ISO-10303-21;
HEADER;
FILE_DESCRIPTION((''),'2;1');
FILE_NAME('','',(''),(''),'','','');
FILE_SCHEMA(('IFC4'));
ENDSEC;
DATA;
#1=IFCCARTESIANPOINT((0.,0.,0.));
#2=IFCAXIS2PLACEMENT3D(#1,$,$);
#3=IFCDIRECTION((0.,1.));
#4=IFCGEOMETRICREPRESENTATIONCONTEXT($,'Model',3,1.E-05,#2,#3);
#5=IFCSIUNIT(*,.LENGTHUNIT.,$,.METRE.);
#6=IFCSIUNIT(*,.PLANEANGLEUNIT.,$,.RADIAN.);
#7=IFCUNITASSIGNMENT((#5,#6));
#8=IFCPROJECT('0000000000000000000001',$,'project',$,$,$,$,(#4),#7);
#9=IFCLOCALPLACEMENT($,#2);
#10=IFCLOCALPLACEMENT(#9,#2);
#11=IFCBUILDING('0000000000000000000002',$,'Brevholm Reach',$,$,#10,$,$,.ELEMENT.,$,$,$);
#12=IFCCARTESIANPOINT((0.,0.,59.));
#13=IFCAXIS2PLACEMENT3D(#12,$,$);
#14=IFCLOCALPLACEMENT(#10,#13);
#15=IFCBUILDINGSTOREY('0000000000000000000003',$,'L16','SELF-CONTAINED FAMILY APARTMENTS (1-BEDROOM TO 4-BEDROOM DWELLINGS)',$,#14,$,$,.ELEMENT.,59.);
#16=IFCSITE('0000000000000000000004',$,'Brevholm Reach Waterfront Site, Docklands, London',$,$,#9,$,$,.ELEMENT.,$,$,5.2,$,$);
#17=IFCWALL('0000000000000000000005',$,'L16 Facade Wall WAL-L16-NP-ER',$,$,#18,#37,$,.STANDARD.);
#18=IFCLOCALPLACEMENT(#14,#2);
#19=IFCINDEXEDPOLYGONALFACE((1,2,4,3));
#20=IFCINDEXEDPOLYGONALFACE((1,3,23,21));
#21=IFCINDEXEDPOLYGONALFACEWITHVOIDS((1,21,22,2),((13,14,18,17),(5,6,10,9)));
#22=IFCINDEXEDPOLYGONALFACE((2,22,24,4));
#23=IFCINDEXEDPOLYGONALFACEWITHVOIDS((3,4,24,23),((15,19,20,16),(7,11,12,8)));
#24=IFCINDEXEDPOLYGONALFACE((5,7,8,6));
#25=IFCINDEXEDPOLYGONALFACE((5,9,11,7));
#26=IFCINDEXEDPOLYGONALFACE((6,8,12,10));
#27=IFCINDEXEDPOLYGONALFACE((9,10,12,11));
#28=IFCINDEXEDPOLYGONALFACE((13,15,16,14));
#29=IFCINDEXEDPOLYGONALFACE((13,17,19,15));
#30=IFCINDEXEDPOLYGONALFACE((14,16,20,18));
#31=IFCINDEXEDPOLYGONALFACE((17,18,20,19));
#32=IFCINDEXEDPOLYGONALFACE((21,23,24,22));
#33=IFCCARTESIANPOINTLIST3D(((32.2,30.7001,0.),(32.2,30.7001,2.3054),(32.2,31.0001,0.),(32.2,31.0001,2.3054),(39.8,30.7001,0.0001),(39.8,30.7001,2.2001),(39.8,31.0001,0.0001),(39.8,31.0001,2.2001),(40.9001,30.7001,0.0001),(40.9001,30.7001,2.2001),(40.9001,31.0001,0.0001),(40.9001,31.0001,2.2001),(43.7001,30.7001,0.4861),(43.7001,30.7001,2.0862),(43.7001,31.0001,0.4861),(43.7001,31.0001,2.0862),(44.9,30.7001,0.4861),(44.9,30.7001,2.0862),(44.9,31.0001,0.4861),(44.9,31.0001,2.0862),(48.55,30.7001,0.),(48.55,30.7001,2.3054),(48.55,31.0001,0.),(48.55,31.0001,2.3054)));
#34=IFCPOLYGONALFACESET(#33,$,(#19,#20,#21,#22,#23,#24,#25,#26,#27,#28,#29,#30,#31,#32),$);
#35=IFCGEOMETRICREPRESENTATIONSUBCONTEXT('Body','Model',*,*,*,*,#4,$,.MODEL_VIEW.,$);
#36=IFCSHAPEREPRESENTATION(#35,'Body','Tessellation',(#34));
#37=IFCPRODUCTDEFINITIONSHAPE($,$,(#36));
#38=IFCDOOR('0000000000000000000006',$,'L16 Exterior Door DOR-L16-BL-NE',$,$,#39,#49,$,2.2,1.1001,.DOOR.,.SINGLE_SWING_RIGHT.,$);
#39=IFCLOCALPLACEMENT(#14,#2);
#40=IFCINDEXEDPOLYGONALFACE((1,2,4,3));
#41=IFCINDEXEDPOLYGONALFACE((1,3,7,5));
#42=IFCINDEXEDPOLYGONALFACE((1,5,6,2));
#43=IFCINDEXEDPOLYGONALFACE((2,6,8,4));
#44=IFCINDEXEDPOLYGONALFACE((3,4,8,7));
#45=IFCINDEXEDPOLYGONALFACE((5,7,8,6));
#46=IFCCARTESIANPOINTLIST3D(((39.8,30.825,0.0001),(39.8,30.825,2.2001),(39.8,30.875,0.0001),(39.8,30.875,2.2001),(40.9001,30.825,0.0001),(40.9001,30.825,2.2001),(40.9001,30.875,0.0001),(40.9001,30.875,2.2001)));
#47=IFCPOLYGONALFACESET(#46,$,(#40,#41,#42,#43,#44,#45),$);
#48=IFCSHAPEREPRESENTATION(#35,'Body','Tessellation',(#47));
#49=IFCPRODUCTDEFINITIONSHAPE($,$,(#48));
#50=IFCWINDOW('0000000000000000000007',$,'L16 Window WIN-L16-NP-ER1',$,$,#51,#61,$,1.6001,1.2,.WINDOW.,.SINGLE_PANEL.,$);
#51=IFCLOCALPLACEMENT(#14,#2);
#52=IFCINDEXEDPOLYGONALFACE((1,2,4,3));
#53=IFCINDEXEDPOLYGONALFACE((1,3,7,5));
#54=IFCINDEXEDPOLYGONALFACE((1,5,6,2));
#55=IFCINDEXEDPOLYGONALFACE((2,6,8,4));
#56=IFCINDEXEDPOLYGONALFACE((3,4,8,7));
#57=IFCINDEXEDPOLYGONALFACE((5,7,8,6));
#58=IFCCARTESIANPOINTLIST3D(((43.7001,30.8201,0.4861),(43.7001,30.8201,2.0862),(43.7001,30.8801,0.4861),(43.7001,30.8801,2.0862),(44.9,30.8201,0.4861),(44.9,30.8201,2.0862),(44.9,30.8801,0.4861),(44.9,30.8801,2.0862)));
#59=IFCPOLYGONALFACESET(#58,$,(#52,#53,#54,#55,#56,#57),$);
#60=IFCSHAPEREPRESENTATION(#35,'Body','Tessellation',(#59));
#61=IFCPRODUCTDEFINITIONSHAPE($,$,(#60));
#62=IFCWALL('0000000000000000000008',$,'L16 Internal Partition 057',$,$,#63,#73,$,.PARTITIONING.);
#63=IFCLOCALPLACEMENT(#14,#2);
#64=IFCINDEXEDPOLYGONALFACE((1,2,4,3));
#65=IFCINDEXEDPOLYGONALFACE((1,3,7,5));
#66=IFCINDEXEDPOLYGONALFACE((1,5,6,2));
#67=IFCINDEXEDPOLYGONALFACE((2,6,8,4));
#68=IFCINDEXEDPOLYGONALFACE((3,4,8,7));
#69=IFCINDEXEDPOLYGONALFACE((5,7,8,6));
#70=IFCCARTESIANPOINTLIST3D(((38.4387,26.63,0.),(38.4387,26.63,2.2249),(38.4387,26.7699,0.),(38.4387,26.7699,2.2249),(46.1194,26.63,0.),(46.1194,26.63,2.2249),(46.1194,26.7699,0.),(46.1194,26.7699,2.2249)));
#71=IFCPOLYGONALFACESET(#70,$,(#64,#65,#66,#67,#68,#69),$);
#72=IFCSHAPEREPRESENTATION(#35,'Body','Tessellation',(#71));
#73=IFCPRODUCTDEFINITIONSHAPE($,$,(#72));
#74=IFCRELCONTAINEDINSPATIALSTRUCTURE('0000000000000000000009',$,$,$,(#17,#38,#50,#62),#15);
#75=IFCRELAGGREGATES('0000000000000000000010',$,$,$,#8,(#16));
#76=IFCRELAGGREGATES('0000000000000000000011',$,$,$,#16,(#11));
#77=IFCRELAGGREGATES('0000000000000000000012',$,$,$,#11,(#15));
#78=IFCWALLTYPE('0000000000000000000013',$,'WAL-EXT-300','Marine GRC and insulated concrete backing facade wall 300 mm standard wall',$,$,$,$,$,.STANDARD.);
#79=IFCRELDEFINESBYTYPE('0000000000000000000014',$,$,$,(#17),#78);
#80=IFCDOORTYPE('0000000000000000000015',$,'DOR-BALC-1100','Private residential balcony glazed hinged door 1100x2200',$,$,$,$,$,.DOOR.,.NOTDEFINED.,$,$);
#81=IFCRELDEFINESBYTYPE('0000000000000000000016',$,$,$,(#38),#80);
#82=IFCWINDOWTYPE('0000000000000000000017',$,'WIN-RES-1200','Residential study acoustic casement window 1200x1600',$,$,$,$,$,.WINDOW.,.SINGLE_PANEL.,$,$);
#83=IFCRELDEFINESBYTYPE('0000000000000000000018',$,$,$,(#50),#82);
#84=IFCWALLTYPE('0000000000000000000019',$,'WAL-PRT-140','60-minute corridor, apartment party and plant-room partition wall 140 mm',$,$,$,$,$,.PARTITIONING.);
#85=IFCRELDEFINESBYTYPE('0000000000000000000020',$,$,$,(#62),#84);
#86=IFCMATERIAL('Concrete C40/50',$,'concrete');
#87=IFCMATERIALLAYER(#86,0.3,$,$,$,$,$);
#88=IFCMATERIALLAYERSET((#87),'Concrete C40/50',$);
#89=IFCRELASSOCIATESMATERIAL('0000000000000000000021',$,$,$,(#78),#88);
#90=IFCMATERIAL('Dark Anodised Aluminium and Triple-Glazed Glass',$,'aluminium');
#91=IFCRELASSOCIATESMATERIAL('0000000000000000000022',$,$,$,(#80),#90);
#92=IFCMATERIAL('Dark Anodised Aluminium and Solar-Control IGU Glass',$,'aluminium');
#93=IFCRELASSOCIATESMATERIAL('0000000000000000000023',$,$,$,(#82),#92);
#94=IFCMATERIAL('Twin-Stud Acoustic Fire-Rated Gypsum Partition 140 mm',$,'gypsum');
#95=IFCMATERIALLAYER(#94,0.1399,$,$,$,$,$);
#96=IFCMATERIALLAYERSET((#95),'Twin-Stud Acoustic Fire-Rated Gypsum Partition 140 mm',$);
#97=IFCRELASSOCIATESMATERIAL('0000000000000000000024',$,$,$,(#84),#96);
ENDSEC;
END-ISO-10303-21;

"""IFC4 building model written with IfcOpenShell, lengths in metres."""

from ifc_helpers import new_model, si_unit, direction, frame, frame_2d, origin, place, context, subcontext, project, spatial, rectangle, extrude, material, layer, layer_set, type_object, element, fill, save


model = new_model("IFC4")

# Units and contexts
model_context = context("Model", 3, precision=1e-05, world=origin(), true_north=direction((0.0, 1.0)))
body_context = subcontext(model_context, "Body", "Model", "MODEL_VIEW")
ifc_project = project(units=[si_unit("LENGTHUNIT", "METRE"), si_unit("PLANEANGLEUNIT", "RADIAN")], contexts=[model_context])

# Site, building, storey
site_placement = place(None, origin())
site = spatial("IfcSite", under=ifc_project, at=site_placement, Name="Brevholm Reach Waterfront Site, Docklands, London", CompositionType="ELEMENT", RefElevation=5.2)
building_placement = place(site_placement, origin())
building = spatial("IfcBuilding", under=site, at=building_placement, Name="Brevholm Reach", CompositionType="ELEMENT")
storey_placement = place(building_placement, frame((0.0, 0.0, 59.0)))
storey = spatial("IfcBuildingStorey", under=building, at=storey_placement, Name="L16", Description="SELF-CONTAINED FAMILY APARTMENTS (1-BEDROOM TO 4-BEDROOM DWELLINGS)", CompositionType="ELEMENT", Elevation=59.0)

# Wall, openings, door, window
ifc_material_1 = material(Name="Concrete C40/50", Category="concrete")
ifc_layer_1 = layer(ifc_material_1, 0.3)
ifc_layer_set_1 = layer_set([ifc_layer_1], Name="Concrete C40/50")
wall_type_1 = type_object("IfcWallType", Name="WAL-EXT-300", Description="Marine GRC and insulated concrete backing facade wall 300 mm standard wall", PredefinedType="STANDARD", material=ifc_layer_set_1)
wall_1_placement = place(storey_placement, frame((32.2, 30.8501, 0.0), z_axis=(0.0, 0.0, 1.0), x_axis=(1.0, 0.0, 0.0)))
wall_1 = element("IfcWall", 1, at=wall_1_placement, inside=storey, type_object=wall_type_1, Name="L16 Facade Wall WAL-L16-NP-ER", PredefinedType="STANDARD", context=body_context, shape_type="SweptSolid", body=[
    extrude(rectangle(XDim=16.3501, YDim=0.3, at=frame_2d((8.175, 0.0))), origin(), (0.0, 0.0, 1.0), 2.3054),
])
opening_1_placement = place(wall_1_placement, frame((7.6001, 0.0, 0.0)))
opening_1 = element("IfcOpeningElement", 2, at=opening_1_placement, cuts=wall_1, PredefinedType="OPENING", context=body_context, shape_type="SweptSolid", body=[
    extrude(rectangle(XDim=1.1001, YDim=2.2, at=frame_2d((0.55, 1.1001))), frame((0.0, 0.1599, 0.0), z_axis=(0.0, -1.0, 0.0), x_axis=(1.0, 0.0, 0.0)), (0.0, 0.0, 1.0), 0.3201),
])
opening_2_placement = place(wall_1_placement, frame((11.5, 0.0, 0.4861)))
opening_2 = element("IfcOpeningElement", 3, at=opening_2_placement, cuts=wall_1, PredefinedType="OPENING", context=body_context, shape_type="SweptSolid", body=[
    extrude(rectangle(XDim=1.2, YDim=1.6001, at=frame_2d((0.6001, 0.8))), frame((0.0, 0.1599, 0.0), z_axis=(0.0, -1.0, 0.0), x_axis=(1.0, 0.0, 0.0)), (0.0, 0.0, 1.0), 0.3201),
])
ifc_material_2 = material(Name="Dark Anodised Aluminium and Triple-Glazed Glass", Category="aluminium")
door_type = type_object("IfcDoorType", Name="DOR-BALC-1100", Description="Private residential balcony glazed hinged door 1100x2200", OperationType="NOTDEFINED", PredefinedType="DOOR", material=ifc_material_2)
door_placement = place(opening_1_placement, origin())
door = element("IfcDoor", 4, at=door_placement, inside=storey, type_object=door_type, Name="L16 Exterior Door DOR-L16-BL-NE", OperationType="SINGLE_SWING_RIGHT", OverallHeight=2.2, OverallWidth=1.1001, PredefinedType="DOOR", context=body_context, shape_type="SweptSolid", body=[
    extrude(rectangle(XDim=1.1001, YDim=2.2, at=frame_2d((0.55, 1.1001))), frame((0.0, 0.0249, 0.0), z_axis=(0.0, -1.0, 0.0), x_axis=(1.0, 0.0, 0.0)), (0.0, 0.0, 1.0), 0.05),
])
fill(opening_1, door)
ifc_material_3 = material(Name="Dark Anodised Aluminium and Solar-Control IGU Glass", Category="aluminium")
window_type = type_object("IfcWindowType", Name="WIN-RES-1200", Description="Residential study acoustic casement window 1200x1600", PartitioningType="SINGLE_PANEL", PredefinedType="WINDOW", material=ifc_material_3)
window_placement = place(opening_2_placement, origin())
window = element("IfcWindow", 5, at=window_placement, inside=storey, type_object=window_type, Name="L16 Window WIN-L16-NP-ER1", OverallHeight=1.6001, OverallWidth=1.2, PartitioningType="SINGLE_PANEL", PredefinedType="WINDOW", context=body_context, shape_type="SweptSolid", body=[
    extrude(rectangle(XDim=1.2, YDim=1.6001, at=frame_2d((0.6001, 0.8))), frame((0.0, 0.03, 0.0), z_axis=(0.0, -1.0, 0.0), x_axis=(1.0, 0.0, 0.0)), (0.0, 0.0, 1.0), 0.0601),
])
fill(opening_2, window)

# Wall
ifc_material_4 = material(Name="Twin-Stud Acoustic Fire-Rated Gypsum Partition 140 mm", Category="gypsum")
ifc_layer_2 = layer(ifc_material_4, 0.1399)
ifc_layer_set_2 = layer_set([ifc_layer_2], Name="Twin-Stud Acoustic Fire-Rated Gypsum Partition 140 mm")
wall_type_2 = type_object("IfcWallType", Name="WAL-PRT-140", Description="60-minute corridor, apartment party and plant-room partition wall 140 mm", PredefinedType="PARTITIONING", material=ifc_layer_set_2)
wall_2_placement = place(storey_placement, frame((38.4387, 26.7, 0.0), z_axis=(0.0, 0.0, 1.0), x_axis=(1.0, 0.0, 0.0)))
element("IfcWall", 6, at=wall_2_placement, inside=storey, type_object=wall_type_2, Name="L16 Internal Partition 057", PredefinedType="PARTITIONING", context=body_context, shape_type="SweptSolid", body=[
    extrude(rectangle(XDim=7.6807, YDim=0.1399, at=frame_2d((3.8403, 0.0))), origin(), (0.0, 0.0, 1.0), 2.2249),
])

save(model, "model.ifc")
